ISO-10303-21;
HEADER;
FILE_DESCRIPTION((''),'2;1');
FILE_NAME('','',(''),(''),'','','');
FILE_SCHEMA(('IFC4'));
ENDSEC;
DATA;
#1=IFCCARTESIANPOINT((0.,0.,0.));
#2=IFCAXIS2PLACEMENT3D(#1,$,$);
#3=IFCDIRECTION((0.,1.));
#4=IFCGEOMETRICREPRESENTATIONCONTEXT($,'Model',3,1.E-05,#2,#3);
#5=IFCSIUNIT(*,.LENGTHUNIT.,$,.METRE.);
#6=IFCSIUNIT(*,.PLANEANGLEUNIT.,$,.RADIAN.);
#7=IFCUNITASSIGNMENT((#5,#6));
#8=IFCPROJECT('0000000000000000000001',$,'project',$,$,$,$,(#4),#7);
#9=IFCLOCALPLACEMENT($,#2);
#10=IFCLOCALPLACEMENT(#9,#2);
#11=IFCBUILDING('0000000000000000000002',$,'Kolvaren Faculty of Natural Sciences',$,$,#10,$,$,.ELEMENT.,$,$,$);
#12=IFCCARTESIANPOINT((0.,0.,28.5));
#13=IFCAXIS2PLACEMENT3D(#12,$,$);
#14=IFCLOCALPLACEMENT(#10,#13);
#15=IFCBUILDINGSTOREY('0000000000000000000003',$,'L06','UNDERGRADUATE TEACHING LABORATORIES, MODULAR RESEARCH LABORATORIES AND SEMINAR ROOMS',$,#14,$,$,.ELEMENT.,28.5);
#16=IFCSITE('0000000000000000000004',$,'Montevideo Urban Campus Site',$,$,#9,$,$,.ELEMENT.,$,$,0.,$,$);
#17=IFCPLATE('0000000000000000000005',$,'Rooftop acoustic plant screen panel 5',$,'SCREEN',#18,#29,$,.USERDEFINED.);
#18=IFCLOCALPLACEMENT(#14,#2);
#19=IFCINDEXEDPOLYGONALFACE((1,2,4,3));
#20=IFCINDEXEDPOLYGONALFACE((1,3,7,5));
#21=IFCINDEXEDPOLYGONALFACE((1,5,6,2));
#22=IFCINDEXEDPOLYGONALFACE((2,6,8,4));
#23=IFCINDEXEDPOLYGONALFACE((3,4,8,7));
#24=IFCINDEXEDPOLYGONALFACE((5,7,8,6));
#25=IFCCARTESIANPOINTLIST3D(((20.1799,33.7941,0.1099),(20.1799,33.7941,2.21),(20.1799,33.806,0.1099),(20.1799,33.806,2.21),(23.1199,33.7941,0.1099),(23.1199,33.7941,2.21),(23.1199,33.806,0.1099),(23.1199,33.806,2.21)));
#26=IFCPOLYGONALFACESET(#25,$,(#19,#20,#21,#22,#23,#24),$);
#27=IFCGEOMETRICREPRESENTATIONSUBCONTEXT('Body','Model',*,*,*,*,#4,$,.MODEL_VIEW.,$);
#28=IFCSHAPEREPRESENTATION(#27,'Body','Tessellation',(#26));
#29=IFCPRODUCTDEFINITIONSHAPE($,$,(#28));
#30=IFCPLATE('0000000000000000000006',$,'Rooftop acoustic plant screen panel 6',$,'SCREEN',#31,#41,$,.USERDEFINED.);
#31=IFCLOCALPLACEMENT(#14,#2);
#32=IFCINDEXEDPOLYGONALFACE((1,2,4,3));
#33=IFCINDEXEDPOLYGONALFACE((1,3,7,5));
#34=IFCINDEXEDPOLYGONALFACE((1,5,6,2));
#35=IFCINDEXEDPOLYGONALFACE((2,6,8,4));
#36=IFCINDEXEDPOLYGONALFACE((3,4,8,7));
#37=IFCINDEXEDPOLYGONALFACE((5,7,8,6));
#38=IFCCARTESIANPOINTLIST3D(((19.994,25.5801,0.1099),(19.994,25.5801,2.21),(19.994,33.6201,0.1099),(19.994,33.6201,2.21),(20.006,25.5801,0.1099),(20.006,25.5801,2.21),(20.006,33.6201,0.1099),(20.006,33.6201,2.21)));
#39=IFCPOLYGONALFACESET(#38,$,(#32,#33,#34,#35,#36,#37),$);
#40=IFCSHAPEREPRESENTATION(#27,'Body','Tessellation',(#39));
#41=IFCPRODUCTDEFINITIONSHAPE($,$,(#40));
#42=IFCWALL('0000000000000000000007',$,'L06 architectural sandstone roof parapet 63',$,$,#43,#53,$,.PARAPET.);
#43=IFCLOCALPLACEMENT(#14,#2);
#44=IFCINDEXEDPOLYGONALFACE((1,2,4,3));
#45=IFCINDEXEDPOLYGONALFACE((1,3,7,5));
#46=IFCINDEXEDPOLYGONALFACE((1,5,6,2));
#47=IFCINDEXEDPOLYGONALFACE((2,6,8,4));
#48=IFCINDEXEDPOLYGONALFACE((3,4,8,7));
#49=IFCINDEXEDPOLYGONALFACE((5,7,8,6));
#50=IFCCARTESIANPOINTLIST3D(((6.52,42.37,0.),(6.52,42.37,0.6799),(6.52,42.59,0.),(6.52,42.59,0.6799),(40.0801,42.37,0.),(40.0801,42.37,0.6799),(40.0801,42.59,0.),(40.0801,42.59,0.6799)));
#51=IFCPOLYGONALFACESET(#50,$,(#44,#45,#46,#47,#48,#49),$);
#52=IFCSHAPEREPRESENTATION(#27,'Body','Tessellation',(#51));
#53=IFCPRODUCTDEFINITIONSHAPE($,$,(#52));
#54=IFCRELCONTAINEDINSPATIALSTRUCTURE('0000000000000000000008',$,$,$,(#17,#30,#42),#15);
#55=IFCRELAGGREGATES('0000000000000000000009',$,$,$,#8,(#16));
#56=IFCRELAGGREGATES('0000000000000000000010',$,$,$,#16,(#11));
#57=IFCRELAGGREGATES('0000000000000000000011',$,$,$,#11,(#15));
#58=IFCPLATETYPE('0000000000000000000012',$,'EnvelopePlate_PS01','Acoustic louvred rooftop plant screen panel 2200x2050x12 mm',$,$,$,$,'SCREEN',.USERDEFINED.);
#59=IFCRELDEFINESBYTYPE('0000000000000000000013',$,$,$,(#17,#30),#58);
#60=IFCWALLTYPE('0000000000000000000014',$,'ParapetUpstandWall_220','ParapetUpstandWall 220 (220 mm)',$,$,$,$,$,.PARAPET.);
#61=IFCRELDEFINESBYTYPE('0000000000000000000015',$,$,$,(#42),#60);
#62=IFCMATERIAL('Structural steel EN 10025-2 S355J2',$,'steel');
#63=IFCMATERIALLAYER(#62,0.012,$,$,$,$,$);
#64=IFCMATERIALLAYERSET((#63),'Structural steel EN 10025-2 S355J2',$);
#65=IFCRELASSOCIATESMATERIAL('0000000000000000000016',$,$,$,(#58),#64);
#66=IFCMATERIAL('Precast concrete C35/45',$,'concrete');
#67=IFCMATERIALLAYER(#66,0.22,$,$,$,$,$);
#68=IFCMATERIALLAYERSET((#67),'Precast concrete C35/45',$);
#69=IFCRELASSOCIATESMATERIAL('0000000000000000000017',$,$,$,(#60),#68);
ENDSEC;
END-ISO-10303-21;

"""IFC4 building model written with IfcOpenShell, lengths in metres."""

from ifc_helpers import new_model, si_unit, direction, frame, frame_2d, origin, origin_2d, place, context, subcontext, project, spatial, rectangle, extrude, material, layer, layer_set, type_object, element, save


model = new_model("IFC4")

# Units and contexts
model_context = context("Model", 3, precision=1e-05, world=origin(), true_north=direction((0.0, 1.0)))
body_context = subcontext(model_context, "Body", "Model", "MODEL_VIEW")
ifc_project = project(units=[si_unit("LENGTHUNIT", "METRE"), si_unit("PLANEANGLEUNIT", "RADIAN")], contexts=[model_context])

# Site, building, storey
site_placement = place(None, origin())
site = spatial("IfcSite", under=ifc_project, at=site_placement, Name="Montevideo Urban Campus Site", CompositionType="ELEMENT", RefElevation=0.0)
building_placement = place(site_placement, origin())
building = spatial("IfcBuilding", under=site, at=building_placement, Name="Kolvaren Faculty of Natural Sciences", CompositionType="ELEMENT")
storey_placement = place(building_placement, frame((0.0, 0.0, 28.5)))
storey = spatial("IfcBuildingStorey", under=building, at=storey_placement, Name="L06", Description="UNDERGRADUATE TEACHING LABORATORIES, MODULAR RESEARCH LABORATORIES AND SEMINAR ROOMS", CompositionType="ELEMENT", Elevation=28.5)

# Shared definitions
ifc_material_1 = material(Name="Structural steel EN 10025-2 S355J2", Category="steel")

# Plates
ifc_layer_1 = layer(ifc_material_1, 0.012)
ifc_layer_set_1 = layer_set([ifc_layer_1], Name="Structural steel EN 10025-2 S355J2")
plate_type_1 = type_object("IfcPlateType", Name="EnvelopePlate_PS01", Description="Acoustic louvred rooftop plant screen panel 2200x2050x12 mm", ElementType="SCREEN", PredefinedType="USERDEFINED", material=ifc_layer_set_1)
for number, where, z_axis, x_axis, name in (
    (1, (21.6499, 33.8, 0.1099), (0.0, 0.0, 1.0), (1.0, 0.0, 0.0), "Rooftop acoustic plant screen panel 5"),
):
    element("IfcPlate", number, at=place(storey_placement, frame(where, z_axis=z_axis, x_axis=x_axis)), inside=storey, type_object=plate_type_1, Name=name, ObjectType="SCREEN", PredefinedType="USERDEFINED", context=body_context, shape_type="SweptSolid", body=[
        extrude(rectangle(XDim=2.9399, YDim=0.012, at=origin_2d()), origin(), (0.0, 0.0, 1.0), 2.1001),
    ])
plate_placement = place(storey_placement, frame((20.0, 29.6001, 0.1099), z_axis=(0.0, 0.0, 1.0), x_axis=(0.0, 1.0, 0.0)))
element("IfcPlate", 2, at=plate_placement, inside=storey, type_object=plate_type_1, Name="Rooftop acoustic plant screen panel 6", ObjectType="SCREEN", PredefinedType="USERDEFINED", context=body_context, shape_type="SweptSolid", body=[
    extrude(rectangle(XDim=8.04, YDim=0.012, at=origin_2d()), origin(), (0.0, 0.0, 1.0), 2.1001),
])

# Wall
ifc_material_2 = material(Name="Precast concrete C35/45", Category="concrete")
ifc_layer_2 = layer(ifc_material_2, 0.22)
ifc_layer_set_2 = layer_set([ifc_layer_2], Name="Precast concrete C35/45")
wall_type = type_object("IfcWallType", Name="ParapetUpstandWall_220", Description="ParapetUpstandWall 220 (220 mm)", PredefinedType="PARAPET", material=ifc_layer_set_2)
wall_placement = place(storey_placement, frame((6.52, 42.48, 0.0), z_axis=(0.0, 0.0, 1.0), x_axis=(1.0, 0.0, 0.0)))
element("IfcWall", 3, at=wall_placement, inside=storey, type_object=wall_type, Name="L06 architectural sandstone roof parapet 63", PredefinedType="PARAPET", context=body_context, shape_type="SweptSolid", body=[
    extrude(rectangle(XDim=33.5601, YDim=0.22, at=frame_2d((16.78, 0.0))), origin(), (0.0, 0.0, 1.0), 0.6799),
])

save(model, "model.ifc")
